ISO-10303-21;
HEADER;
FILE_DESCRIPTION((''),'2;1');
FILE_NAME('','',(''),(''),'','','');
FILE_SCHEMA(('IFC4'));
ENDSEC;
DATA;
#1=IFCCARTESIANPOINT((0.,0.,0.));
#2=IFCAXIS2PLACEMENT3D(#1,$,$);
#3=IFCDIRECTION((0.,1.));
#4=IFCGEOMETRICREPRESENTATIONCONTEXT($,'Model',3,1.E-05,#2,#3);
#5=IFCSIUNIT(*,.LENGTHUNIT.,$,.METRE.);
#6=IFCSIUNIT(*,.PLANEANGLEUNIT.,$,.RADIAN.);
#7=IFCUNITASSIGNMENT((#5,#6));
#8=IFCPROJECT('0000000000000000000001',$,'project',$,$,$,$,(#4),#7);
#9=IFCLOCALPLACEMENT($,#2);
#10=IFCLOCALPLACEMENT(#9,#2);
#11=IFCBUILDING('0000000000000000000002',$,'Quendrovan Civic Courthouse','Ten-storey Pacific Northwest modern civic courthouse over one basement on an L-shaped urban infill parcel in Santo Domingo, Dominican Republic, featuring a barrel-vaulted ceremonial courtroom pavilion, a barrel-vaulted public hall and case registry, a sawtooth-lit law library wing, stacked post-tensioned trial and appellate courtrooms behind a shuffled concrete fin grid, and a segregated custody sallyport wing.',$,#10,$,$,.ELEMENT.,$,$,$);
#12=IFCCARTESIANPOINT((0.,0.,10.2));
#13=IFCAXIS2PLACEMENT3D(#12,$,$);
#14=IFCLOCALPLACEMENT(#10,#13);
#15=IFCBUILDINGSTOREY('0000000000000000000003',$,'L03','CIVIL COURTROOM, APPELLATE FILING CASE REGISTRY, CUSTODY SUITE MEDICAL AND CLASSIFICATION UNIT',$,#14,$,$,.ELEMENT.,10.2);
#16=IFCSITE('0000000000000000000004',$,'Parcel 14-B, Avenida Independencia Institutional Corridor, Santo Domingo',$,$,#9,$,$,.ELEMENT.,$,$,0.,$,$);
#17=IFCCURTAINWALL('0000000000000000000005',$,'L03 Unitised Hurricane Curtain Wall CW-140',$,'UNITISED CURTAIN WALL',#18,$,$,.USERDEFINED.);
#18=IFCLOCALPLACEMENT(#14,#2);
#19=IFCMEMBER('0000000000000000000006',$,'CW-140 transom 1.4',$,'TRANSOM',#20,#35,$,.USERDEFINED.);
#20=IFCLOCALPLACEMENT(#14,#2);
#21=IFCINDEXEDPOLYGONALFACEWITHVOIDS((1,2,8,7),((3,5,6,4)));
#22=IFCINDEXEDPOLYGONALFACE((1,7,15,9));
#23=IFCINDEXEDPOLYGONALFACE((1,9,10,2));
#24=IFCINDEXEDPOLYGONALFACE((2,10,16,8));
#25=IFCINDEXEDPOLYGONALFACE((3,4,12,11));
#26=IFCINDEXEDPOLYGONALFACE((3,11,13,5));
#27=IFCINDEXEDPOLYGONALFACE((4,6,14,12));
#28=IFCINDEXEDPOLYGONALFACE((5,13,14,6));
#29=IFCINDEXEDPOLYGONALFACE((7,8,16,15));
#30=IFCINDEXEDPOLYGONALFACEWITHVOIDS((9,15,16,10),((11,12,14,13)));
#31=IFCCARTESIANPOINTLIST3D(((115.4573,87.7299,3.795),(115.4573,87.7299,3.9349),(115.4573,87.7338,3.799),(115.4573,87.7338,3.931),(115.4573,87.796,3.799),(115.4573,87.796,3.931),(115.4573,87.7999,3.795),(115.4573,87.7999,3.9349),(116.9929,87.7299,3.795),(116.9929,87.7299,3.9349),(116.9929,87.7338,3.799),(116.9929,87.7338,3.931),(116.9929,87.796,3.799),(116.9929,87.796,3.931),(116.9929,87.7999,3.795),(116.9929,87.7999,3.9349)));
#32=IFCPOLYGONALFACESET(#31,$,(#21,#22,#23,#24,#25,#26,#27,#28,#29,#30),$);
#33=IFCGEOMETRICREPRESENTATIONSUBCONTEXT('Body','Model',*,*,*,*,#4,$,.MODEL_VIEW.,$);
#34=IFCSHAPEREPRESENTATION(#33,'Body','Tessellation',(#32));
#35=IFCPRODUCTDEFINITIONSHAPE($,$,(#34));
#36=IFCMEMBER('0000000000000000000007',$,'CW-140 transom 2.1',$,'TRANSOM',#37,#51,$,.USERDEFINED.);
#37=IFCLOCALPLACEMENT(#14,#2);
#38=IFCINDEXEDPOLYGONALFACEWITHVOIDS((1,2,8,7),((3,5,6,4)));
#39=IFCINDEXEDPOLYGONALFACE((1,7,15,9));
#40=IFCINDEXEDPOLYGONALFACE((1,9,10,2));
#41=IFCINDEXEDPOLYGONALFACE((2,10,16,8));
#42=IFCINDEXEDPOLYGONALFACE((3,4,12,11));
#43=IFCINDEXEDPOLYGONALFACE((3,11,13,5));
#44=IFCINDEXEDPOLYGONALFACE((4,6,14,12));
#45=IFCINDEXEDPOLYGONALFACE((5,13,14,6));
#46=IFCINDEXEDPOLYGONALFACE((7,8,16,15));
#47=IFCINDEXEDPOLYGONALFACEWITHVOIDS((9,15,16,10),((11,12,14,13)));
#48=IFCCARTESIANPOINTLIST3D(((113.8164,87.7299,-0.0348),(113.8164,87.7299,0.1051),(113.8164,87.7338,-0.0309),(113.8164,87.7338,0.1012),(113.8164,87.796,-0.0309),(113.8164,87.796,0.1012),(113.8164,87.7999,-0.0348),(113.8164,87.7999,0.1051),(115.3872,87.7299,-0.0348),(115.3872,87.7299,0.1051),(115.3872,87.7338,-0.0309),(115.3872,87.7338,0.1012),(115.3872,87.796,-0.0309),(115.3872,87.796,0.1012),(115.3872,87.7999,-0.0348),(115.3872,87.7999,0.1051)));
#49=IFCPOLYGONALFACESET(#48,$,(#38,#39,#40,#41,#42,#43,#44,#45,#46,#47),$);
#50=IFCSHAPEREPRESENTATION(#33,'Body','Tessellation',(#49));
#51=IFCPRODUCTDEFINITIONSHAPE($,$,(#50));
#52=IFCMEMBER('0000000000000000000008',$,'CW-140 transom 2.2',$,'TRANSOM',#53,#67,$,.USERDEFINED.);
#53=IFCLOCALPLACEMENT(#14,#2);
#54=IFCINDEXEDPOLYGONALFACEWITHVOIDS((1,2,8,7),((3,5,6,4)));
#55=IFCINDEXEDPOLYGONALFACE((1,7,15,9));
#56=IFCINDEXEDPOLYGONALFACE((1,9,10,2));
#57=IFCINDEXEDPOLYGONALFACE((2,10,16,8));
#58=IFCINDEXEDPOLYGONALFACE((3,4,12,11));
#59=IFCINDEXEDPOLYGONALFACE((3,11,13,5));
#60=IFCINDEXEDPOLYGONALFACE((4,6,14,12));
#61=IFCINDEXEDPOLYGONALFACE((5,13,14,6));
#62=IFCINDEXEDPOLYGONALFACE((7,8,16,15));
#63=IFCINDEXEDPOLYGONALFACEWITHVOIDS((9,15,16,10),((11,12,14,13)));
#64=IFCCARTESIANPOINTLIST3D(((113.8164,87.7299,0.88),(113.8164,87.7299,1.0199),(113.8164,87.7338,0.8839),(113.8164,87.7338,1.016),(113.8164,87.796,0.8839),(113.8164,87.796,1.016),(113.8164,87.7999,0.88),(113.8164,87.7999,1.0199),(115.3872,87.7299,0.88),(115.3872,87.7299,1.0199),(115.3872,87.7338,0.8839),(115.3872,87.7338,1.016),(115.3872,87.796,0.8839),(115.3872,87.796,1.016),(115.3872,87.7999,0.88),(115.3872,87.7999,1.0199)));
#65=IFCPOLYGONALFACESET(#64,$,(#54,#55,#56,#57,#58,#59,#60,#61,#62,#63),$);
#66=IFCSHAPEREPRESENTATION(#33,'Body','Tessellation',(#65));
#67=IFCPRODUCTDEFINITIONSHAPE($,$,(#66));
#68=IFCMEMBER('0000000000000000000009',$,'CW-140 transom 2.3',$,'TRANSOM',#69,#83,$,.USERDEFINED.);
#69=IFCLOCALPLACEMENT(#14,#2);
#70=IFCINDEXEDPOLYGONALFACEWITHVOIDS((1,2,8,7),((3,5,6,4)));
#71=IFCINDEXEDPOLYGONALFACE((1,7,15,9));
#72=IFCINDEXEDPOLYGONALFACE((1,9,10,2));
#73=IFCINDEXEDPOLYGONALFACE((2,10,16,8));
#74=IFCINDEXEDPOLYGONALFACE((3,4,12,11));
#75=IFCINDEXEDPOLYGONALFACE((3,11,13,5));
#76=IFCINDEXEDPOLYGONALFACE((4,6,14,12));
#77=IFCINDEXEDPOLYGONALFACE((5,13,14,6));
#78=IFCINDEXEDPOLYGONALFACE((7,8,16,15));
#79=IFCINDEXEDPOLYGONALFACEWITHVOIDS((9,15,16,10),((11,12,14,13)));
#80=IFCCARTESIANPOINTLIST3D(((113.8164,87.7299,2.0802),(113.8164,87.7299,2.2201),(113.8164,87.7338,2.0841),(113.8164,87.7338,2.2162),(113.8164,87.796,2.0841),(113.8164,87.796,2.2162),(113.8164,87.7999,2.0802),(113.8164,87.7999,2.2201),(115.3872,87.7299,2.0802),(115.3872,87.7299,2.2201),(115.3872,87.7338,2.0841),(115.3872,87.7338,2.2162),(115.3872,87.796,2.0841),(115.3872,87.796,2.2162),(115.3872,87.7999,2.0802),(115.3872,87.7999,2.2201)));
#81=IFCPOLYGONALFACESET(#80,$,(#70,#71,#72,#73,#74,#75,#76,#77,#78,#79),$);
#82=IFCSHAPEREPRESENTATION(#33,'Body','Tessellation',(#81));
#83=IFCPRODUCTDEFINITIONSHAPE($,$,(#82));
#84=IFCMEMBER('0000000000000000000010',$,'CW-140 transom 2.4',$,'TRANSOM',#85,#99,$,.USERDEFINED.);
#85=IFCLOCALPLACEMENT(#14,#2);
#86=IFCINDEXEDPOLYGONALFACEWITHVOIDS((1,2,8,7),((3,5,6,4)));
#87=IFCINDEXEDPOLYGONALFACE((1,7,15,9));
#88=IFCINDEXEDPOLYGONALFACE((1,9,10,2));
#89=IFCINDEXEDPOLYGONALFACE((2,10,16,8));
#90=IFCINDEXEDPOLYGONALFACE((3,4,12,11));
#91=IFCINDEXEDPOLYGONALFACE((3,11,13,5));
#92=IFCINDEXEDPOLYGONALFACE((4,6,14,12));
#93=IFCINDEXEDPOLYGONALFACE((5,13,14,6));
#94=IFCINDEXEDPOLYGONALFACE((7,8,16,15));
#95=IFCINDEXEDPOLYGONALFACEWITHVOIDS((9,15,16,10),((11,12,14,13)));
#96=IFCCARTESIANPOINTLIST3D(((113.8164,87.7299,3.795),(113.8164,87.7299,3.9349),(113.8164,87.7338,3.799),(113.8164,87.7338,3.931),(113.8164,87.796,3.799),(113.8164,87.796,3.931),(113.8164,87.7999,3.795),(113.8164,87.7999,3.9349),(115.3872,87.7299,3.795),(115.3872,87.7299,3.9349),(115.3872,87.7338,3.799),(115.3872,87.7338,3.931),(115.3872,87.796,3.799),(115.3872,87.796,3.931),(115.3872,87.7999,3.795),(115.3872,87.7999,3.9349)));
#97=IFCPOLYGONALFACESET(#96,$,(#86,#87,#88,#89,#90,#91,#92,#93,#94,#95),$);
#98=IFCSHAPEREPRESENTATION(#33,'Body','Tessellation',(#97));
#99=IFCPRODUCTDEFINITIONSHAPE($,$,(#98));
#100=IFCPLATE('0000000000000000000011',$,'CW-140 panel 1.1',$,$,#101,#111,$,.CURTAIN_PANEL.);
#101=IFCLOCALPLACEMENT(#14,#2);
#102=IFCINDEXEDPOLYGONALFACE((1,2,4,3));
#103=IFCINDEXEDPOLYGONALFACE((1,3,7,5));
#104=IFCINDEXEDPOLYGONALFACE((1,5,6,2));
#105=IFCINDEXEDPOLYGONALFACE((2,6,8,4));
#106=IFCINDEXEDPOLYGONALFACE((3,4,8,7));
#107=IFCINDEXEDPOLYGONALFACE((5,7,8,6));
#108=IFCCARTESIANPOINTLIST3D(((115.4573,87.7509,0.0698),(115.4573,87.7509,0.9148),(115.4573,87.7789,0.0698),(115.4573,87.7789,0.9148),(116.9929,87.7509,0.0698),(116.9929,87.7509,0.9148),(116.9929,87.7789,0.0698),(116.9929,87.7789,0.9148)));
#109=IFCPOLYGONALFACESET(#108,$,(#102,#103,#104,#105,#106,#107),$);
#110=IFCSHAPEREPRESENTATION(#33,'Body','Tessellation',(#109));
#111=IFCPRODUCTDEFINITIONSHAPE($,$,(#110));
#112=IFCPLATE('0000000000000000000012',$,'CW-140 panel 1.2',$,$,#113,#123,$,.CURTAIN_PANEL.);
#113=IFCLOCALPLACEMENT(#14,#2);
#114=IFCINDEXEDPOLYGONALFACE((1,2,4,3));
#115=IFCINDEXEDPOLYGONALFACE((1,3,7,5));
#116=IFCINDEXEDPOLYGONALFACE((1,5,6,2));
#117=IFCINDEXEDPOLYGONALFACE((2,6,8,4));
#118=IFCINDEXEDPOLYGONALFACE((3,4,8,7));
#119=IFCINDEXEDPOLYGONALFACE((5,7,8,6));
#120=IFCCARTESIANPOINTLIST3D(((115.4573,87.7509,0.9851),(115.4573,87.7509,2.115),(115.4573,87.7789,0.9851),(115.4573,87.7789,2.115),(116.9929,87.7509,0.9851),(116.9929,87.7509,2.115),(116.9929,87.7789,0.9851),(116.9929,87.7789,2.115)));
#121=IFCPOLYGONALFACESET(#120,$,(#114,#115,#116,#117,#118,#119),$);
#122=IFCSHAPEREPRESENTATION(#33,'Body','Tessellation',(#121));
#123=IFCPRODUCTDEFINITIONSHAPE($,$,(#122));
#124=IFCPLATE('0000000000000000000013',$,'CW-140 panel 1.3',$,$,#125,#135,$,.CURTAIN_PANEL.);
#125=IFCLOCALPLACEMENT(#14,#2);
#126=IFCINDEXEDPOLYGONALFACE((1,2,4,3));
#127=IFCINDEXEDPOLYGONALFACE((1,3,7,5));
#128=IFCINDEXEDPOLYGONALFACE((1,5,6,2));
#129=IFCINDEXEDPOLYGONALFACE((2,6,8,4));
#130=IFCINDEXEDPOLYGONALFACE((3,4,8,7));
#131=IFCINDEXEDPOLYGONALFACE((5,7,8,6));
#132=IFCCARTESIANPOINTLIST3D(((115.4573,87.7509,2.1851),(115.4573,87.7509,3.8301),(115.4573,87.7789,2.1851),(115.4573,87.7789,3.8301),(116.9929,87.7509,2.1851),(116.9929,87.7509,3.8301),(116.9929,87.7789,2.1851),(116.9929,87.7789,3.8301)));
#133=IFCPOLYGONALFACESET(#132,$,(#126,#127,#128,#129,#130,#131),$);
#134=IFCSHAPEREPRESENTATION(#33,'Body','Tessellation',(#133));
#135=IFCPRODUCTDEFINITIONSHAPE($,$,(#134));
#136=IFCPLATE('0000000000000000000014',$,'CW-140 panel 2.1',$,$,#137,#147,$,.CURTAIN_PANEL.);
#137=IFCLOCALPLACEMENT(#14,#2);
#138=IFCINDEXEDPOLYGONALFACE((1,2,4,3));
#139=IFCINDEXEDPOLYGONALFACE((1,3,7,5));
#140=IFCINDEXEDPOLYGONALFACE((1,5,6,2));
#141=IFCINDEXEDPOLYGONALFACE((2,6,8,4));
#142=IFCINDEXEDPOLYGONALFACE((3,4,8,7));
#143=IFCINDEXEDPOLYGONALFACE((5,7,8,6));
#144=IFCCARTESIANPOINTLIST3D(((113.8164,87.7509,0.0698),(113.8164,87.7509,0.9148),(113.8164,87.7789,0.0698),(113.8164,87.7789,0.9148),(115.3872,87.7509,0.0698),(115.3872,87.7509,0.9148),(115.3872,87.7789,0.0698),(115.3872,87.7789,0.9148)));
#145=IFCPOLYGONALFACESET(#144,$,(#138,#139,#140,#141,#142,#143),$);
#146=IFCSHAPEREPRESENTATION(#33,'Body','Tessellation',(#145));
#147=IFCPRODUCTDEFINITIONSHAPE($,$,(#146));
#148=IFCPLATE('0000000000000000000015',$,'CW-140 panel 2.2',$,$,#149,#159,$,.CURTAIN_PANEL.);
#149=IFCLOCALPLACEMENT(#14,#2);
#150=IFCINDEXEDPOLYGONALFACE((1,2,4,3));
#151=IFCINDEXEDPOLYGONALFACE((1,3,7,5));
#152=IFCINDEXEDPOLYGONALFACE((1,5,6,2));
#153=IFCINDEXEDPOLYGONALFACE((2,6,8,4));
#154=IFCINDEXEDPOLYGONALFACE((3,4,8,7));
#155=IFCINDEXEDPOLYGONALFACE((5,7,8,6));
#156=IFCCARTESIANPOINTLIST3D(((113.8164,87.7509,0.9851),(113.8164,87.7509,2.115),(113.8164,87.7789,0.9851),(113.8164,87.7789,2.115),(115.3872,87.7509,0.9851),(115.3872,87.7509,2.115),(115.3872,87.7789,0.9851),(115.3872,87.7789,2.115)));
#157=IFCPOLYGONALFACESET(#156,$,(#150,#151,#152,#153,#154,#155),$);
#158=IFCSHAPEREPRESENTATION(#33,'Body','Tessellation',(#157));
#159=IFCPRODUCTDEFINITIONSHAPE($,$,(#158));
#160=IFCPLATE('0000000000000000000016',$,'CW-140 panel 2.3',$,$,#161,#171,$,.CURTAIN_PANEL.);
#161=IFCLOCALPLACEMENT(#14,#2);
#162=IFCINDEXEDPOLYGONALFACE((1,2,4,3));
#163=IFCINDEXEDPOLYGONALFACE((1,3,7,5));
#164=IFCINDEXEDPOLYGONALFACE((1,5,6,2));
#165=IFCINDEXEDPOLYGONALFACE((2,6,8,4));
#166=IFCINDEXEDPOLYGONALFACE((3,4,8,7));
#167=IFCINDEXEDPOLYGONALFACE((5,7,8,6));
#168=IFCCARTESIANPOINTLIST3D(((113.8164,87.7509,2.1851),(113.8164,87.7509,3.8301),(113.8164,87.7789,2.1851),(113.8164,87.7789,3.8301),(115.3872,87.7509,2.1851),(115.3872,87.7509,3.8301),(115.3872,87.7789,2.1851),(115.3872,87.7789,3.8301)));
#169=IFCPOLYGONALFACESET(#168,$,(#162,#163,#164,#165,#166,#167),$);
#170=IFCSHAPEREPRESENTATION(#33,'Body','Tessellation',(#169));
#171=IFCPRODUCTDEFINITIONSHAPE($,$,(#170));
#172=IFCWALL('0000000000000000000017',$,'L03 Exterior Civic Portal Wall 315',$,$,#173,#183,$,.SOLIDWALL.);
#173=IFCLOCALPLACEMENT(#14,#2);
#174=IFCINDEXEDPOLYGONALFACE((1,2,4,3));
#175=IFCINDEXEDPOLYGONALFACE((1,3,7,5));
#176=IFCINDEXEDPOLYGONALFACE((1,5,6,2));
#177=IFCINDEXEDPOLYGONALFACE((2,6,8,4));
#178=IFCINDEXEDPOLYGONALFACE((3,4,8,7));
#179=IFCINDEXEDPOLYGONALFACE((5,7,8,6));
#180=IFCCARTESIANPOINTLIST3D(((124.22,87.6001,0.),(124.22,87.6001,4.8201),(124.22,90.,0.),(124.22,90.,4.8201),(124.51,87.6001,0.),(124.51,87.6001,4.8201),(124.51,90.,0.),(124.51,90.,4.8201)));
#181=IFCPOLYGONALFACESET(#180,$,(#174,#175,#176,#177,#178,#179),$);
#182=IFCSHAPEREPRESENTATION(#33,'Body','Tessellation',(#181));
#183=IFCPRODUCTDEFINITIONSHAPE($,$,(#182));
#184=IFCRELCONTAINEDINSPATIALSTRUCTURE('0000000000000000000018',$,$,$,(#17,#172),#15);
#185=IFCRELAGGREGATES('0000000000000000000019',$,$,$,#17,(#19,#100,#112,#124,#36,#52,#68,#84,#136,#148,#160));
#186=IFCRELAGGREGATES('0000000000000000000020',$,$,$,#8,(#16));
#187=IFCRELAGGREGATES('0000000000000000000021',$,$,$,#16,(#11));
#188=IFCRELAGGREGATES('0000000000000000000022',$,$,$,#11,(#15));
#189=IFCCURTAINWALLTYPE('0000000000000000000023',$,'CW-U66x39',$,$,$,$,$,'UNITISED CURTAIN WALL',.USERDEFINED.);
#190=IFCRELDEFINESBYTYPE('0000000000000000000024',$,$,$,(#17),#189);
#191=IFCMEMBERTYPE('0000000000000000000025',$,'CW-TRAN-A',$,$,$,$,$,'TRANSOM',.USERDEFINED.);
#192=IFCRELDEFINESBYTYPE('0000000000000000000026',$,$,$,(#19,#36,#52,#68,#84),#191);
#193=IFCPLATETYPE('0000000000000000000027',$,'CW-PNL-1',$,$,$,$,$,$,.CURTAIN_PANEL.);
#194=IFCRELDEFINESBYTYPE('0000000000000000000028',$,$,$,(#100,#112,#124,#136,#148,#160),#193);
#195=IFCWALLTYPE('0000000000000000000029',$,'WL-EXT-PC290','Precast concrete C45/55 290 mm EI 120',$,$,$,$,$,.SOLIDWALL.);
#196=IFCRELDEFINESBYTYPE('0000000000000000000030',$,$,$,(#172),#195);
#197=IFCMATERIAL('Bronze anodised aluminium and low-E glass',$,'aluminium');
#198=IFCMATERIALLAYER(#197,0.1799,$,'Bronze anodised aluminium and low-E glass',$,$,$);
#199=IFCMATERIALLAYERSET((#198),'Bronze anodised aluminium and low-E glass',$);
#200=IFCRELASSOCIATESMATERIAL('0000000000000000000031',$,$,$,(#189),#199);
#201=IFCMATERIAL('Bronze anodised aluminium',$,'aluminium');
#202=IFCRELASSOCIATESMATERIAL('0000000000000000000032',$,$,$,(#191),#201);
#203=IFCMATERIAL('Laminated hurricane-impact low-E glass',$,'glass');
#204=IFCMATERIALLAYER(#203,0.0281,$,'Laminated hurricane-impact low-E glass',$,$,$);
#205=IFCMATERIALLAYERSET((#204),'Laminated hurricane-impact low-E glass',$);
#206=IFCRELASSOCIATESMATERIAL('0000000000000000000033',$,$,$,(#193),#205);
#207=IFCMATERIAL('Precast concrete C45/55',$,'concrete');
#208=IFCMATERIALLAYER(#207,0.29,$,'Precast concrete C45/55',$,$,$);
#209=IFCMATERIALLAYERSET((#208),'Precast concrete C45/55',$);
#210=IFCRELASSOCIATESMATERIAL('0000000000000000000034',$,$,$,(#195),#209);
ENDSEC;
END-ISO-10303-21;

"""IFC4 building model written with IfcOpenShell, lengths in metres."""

from ifc_helpers import new_model, si_unit, direction, frame, frame_2d, origin, origin_2d, place, context, subcontext, project, spatial, rectangle, hollow_rectangle, extrude, material, layer, layer_set, material_profile, profile_set, type_object, element, aggregate, save


model = new_model("IFC4")

# Units and contexts
model_context = context("Model", 3, precision=1e-05, world=origin(), true_north=direction((0.0, 1.0)))
body_context = subcontext(model_context, "Body", "Model", "MODEL_VIEW")
ifc_project = project(units=[si_unit("LENGTHUNIT", "METRE"), si_unit("PLANEANGLEUNIT", "RADIAN")], contexts=[model_context])

# Site, building, storey
site_placement = place(None, origin())
site = spatial("IfcSite", under=ifc_project, at=site_placement, Name="Parcel 14-B, Avenida Independencia Institutional Corridor, Santo Domingo", CompositionType="ELEMENT", RefElevation=0.0)
building_placement = place(site_placement, origin())
building = spatial("IfcBuilding", under=site, at=building_placement, Name="Quendrovan Civic Courthouse", Description="Ten-storey Pacific Northwest modern civic courthouse over one basement on an L-shaped urban infill parcel in Santo Domingo, Dominican Republic, featuring a barrel-vaulted ceremonial courtroom pavilion, a barrel-vaulted public hall and case registry, a sawtooth-lit law library wing, stacked post-tensioned trial and appellate courtrooms behind a shuffled concrete fin grid, and a segregated custody sallyport wing.", CompositionType="ELEMENT")
storey_placement = place(building_placement, frame((0.0, 0.0, 10.2)))
storey = spatial("IfcBuildingStorey", under=building, at=storey_placement, Name="L03", Description="CIVIL COURTROOM, APPELLATE FILING CASE REGISTRY, CUSTODY SUITE MEDICAL AND CLASSIFICATION UNIT", CompositionType="ELEMENT", Elevation=10.2)

# Curtain wall, members, plates
ifc_material_1 = material(Name="Bronze anodised aluminium and low-E glass", Category="aluminium")
ifc_layer_1 = layer(ifc_material_1, 0.1799, Name="Bronze anodised aluminium and low-E glass")
ifc_layer_set_1 = layer_set([ifc_layer_1], Name="Bronze anodised aluminium and low-E glass")
curtain_wall_type = type_object("IfcCurtainWallType", Name="CW-U66x39", ElementType="UNITISED CURTAIN WALL", PredefinedType="USERDEFINED", material=ifc_layer_set_1)
curtain_wall_placement = place(storey_placement, origin())
curtain_wall = element("IfcCurtainWall", 1, at=curtain_wall_placement, inside=storey, type_object=curtain_wall_type, Name="L03 Unitised Hurricane Curtain Wall CW-140", ObjectType="UNITISED CURTAIN WALL", PredefinedType="USERDEFINED")
ifc_material_2 = material(Name="Bronze anodised aluminium", Category="aluminium")
ifc_material_profile_1 = material_profile(ifc_material_2, hollow_rectangle(XDim=0.0701, YDim=0.1399, WallThickness=0.0039, at=origin_2d()), Name="CW-TRAN-70x140")
ifc_profile_set_1 = profile_set([ifc_material_profile_1], Name="Bronze anodised aluminium")
member_type_1 = type_object("IfcMemberType", Name="CW-TRAN-A", ElementType="TRANSOM", PredefinedType="USERDEFINED", material=ifc_profile_set_1)
member_1_placement = place(storey_placement, frame((116.9929, 87.7649, 3.865), z_axis=(-1.0, 0.0, 0.0), x_axis=(0.0, -1.0, 0.0)))
member_1 = element("IfcMember", 2, at=member_1_placement, type_object=member_type_1, Name="CW-140 transom 1.4", ObjectType="TRANSOM", PredefinedType="USERDEFINED", context=body_context, shape_type="SweptSolid", body=[
    extrude(hollow_rectangle(XDim=0.0701, YDim=0.1399, WallThickness=0.0039, at=origin_2d()), origin(), (0.0, 0.0, 1.0), 1.5356),
])
member_2_placement = place(storey_placement, frame((115.3872, 87.7649, 0.0352), z_axis=(-1.0, 0.0, 0.0), x_axis=(0.0, -1.0, 0.0)))
member_2 = element("IfcMember", 3, at=member_2_placement, type_object=member_type_1, Name="CW-140 transom 2.1", ObjectType="TRANSOM", PredefinedType="USERDEFINED", context=body_context, shape_type="SweptSolid", body=[
    extrude(hollow_rectangle(XDim=0.0701, YDim=0.1399, WallThickness=0.0039, at=origin_2d()), origin(), (0.0, 0.0, 1.0), 1.5708),
])
member_3_placement = place(storey_placement, frame((115.3872, 87.7649, 0.95), z_axis=(-1.0, 0.0, 0.0), x_axis=(0.0, -1.0, 0.0)))
member_3 = element("IfcMember", 4, at=member_3_placement, type_object=member_type_1, Name="CW-140 transom 2.2", ObjectType="TRANSOM", PredefinedType="USERDEFINED", context=body_context, shape_type="SweptSolid", body=[
    extrude(hollow_rectangle(XDim=0.0701, YDim=0.1399, WallThickness=0.0039, at=origin_2d()), origin(), (0.0, 0.0, 1.0), 1.5708),
])
member_4_placement = place(storey_placement, frame((115.3872, 87.7649, 2.1501), z_axis=(-1.0, 0.0, 0.0), x_axis=(0.0, -1.0, 0.0)))
member_4 = element("IfcMember", 5, at=member_4_placement, type_object=member_type_1, Name="CW-140 transom 2.3", ObjectType="TRANSOM", PredefinedType="USERDEFINED", context=body_context, shape_type="SweptSolid", body=[
    extrude(hollow_rectangle(XDim=0.0701, YDim=0.1399, WallThickness=0.0039, at=origin_2d()), origin(), (0.0, 0.0, 1.0), 1.5708),
])
member_5_placement = place(storey_placement, frame((115.3872, 87.7649, 3.865), z_axis=(-1.0, 0.0, 0.0), x_axis=(0.0, -1.0, 0.0)))
member_5 = element("IfcMember", 6, at=member_5_placement, type_object=member_type_1, Name="CW-140 transom 2.4", ObjectType="TRANSOM", PredefinedType="USERDEFINED", context=body_context, shape_type="SweptSolid", body=[
    extrude(hollow_rectangle(XDim=0.0701, YDim=0.1399, WallThickness=0.0039, at=origin_2d()), origin(), (0.0, 0.0, 1.0), 1.5708),
])
ifc_material_3 = material(Name="Laminated hurricane-impact low-E glass", Category="glass")
ifc_layer_2 = layer(ifc_material_3, 0.0281, Name="Laminated hurricane-impact low-E glass")
ifc_layer_set_2 = layer_set([ifc_layer_2], Name="Laminated hurricane-impact low-E glass")
plate_type = type_object("IfcPlateType", Name="CW-PNL-1", PredefinedType="CURTAIN_PANEL", material=ifc_layer_set_2)
plate_1_placement = place(storey_placement, frame((116.2251, 87.7649, 0.0698), z_axis=(0.0, 0.0, 1.0), x_axis=(-1.0, 0.0, 0.0)))
plate_1 = element("IfcPlate", 7, at=plate_1_placement, type_object=plate_type, Name="CW-140 panel 1.1", PredefinedType="CURTAIN_PANEL", context=body_context, shape_type="SweptSolid", body=[
    extrude(rectangle(XDim=1.5356, YDim=0.0281, at=origin_2d()), origin(), (0.0, 0.0, 1.0), 0.845),
])
plate_2_placement = place(storey_placement, frame((116.2251, 87.7649, 0.9851), z_axis=(0.0, 0.0, 1.0), x_axis=(-1.0, 0.0, 0.0)))
plate_2 = element("IfcPlate", 8, at=plate_2_placement, type_object=plate_type, Name="CW-140 panel 1.2", PredefinedType="CURTAIN_PANEL", context=body_context, shape_type="SweptSolid", body=[
    extrude(rectangle(XDim=1.5356, YDim=0.0281, at=origin_2d()), origin(), (0.0, 0.0, 1.0), 1.1299),
])
plate_3_placement = place(storey_placement, frame((116.2251, 87.7649, 2.1851), z_axis=(0.0, 0.0, 1.0), x_axis=(-1.0, 0.0, 0.0)))
plate_3 = element("IfcPlate", 9, at=plate_3_placement, type_object=plate_type, Name="CW-140 panel 1.3", PredefinedType="CURTAIN_PANEL", context=body_context, shape_type="SweptSolid", body=[
    extrude(rectangle(XDim=1.5356, YDim=0.0281, at=origin_2d()), origin(), (0.0, 0.0, 1.0), 1.645),
])
plate_4_placement = place(storey_placement, frame((114.6018, 87.7649, 0.0698), z_axis=(0.0, 0.0, 1.0), x_axis=(-1.0, 0.0, 0.0)))
plate_4 = element("IfcPlate", 10, at=plate_4_placement, type_object=plate_type, Name="CW-140 panel 2.1", PredefinedType="CURTAIN_PANEL", context=body_context, shape_type="SweptSolid", body=[
    extrude(rectangle(XDim=1.5708, YDim=0.0281, at=origin_2d()), origin(), (0.0, 0.0, 1.0), 0.845),
])
plate_5_placement = place(storey_placement, frame((114.6018, 87.7649, 0.9851), z_axis=(0.0, 0.0, 1.0), x_axis=(-1.0, 0.0, 0.0)))
plate_5 = element("IfcPlate", 11, at=plate_5_placement, type_object=plate_type, Name="CW-140 panel 2.2", PredefinedType="CURTAIN_PANEL", context=body_context, shape_type="SweptSolid", body=[
    extrude(rectangle(XDim=1.5708, YDim=0.0281, at=origin_2d()), origin(), (0.0, 0.0, 1.0), 1.1299),
])
plate_6_placement = place(storey_placement, frame((114.6018, 87.7649, 2.1851), z_axis=(0.0, 0.0, 1.0), x_axis=(-1.0, 0.0, 0.0)))
plate_6 = element("IfcPlate", 12, at=plate_6_placement, type_object=plate_type, Name="CW-140 panel 2.3", PredefinedType="CURTAIN_PANEL", context=body_context, shape_type="SweptSolid", body=[
    extrude(rectangle(XDim=1.5708, YDim=0.0281, at=origin_2d()), origin(), (0.0, 0.0, 1.0), 1.645),
])
aggregate(curtain_wall, [member_1, plate_1, plate_2, plate_3, member_2, member_3, member_4, member_5, plate_4, plate_5, plate_6])

# Wall
ifc_material_4 = material(Name="Precast concrete C45/55", Category="concrete")
ifc_layer_3 = layer(ifc_material_4, 0.29, Name="Precast concrete C45/55")
ifc_layer_set_3 = layer_set([ifc_layer_3], Name="Precast concrete C45/55")
wall_type = type_object("IfcWallType", Name="WL-EXT-PC290", Description="Precast concrete C45/55 290 mm EI 120", PredefinedType="SOLIDWALL", material=ifc_layer_set_3)
wall_placement = place(storey_placement, frame((124.365, 87.6001, 0.0), z_axis=(0.0, 0.0, 1.0), x_axis=(0.0, 1.0, 0.0)))
element("IfcWall", 13, at=wall_placement, inside=storey, type_object=wall_type, Name="L03 Exterior Civic Portal Wall 315", PredefinedType="SOLIDWALL", context=body_context, shape_type="SweptSolid", body=[
    extrude(rectangle(XDim=2.3999, YDim=0.29, at=frame_2d((1.2, 0.0))), origin(), (0.0, 0.0, 1.0), 4.8201),
])

save(model, "model.ifc")
